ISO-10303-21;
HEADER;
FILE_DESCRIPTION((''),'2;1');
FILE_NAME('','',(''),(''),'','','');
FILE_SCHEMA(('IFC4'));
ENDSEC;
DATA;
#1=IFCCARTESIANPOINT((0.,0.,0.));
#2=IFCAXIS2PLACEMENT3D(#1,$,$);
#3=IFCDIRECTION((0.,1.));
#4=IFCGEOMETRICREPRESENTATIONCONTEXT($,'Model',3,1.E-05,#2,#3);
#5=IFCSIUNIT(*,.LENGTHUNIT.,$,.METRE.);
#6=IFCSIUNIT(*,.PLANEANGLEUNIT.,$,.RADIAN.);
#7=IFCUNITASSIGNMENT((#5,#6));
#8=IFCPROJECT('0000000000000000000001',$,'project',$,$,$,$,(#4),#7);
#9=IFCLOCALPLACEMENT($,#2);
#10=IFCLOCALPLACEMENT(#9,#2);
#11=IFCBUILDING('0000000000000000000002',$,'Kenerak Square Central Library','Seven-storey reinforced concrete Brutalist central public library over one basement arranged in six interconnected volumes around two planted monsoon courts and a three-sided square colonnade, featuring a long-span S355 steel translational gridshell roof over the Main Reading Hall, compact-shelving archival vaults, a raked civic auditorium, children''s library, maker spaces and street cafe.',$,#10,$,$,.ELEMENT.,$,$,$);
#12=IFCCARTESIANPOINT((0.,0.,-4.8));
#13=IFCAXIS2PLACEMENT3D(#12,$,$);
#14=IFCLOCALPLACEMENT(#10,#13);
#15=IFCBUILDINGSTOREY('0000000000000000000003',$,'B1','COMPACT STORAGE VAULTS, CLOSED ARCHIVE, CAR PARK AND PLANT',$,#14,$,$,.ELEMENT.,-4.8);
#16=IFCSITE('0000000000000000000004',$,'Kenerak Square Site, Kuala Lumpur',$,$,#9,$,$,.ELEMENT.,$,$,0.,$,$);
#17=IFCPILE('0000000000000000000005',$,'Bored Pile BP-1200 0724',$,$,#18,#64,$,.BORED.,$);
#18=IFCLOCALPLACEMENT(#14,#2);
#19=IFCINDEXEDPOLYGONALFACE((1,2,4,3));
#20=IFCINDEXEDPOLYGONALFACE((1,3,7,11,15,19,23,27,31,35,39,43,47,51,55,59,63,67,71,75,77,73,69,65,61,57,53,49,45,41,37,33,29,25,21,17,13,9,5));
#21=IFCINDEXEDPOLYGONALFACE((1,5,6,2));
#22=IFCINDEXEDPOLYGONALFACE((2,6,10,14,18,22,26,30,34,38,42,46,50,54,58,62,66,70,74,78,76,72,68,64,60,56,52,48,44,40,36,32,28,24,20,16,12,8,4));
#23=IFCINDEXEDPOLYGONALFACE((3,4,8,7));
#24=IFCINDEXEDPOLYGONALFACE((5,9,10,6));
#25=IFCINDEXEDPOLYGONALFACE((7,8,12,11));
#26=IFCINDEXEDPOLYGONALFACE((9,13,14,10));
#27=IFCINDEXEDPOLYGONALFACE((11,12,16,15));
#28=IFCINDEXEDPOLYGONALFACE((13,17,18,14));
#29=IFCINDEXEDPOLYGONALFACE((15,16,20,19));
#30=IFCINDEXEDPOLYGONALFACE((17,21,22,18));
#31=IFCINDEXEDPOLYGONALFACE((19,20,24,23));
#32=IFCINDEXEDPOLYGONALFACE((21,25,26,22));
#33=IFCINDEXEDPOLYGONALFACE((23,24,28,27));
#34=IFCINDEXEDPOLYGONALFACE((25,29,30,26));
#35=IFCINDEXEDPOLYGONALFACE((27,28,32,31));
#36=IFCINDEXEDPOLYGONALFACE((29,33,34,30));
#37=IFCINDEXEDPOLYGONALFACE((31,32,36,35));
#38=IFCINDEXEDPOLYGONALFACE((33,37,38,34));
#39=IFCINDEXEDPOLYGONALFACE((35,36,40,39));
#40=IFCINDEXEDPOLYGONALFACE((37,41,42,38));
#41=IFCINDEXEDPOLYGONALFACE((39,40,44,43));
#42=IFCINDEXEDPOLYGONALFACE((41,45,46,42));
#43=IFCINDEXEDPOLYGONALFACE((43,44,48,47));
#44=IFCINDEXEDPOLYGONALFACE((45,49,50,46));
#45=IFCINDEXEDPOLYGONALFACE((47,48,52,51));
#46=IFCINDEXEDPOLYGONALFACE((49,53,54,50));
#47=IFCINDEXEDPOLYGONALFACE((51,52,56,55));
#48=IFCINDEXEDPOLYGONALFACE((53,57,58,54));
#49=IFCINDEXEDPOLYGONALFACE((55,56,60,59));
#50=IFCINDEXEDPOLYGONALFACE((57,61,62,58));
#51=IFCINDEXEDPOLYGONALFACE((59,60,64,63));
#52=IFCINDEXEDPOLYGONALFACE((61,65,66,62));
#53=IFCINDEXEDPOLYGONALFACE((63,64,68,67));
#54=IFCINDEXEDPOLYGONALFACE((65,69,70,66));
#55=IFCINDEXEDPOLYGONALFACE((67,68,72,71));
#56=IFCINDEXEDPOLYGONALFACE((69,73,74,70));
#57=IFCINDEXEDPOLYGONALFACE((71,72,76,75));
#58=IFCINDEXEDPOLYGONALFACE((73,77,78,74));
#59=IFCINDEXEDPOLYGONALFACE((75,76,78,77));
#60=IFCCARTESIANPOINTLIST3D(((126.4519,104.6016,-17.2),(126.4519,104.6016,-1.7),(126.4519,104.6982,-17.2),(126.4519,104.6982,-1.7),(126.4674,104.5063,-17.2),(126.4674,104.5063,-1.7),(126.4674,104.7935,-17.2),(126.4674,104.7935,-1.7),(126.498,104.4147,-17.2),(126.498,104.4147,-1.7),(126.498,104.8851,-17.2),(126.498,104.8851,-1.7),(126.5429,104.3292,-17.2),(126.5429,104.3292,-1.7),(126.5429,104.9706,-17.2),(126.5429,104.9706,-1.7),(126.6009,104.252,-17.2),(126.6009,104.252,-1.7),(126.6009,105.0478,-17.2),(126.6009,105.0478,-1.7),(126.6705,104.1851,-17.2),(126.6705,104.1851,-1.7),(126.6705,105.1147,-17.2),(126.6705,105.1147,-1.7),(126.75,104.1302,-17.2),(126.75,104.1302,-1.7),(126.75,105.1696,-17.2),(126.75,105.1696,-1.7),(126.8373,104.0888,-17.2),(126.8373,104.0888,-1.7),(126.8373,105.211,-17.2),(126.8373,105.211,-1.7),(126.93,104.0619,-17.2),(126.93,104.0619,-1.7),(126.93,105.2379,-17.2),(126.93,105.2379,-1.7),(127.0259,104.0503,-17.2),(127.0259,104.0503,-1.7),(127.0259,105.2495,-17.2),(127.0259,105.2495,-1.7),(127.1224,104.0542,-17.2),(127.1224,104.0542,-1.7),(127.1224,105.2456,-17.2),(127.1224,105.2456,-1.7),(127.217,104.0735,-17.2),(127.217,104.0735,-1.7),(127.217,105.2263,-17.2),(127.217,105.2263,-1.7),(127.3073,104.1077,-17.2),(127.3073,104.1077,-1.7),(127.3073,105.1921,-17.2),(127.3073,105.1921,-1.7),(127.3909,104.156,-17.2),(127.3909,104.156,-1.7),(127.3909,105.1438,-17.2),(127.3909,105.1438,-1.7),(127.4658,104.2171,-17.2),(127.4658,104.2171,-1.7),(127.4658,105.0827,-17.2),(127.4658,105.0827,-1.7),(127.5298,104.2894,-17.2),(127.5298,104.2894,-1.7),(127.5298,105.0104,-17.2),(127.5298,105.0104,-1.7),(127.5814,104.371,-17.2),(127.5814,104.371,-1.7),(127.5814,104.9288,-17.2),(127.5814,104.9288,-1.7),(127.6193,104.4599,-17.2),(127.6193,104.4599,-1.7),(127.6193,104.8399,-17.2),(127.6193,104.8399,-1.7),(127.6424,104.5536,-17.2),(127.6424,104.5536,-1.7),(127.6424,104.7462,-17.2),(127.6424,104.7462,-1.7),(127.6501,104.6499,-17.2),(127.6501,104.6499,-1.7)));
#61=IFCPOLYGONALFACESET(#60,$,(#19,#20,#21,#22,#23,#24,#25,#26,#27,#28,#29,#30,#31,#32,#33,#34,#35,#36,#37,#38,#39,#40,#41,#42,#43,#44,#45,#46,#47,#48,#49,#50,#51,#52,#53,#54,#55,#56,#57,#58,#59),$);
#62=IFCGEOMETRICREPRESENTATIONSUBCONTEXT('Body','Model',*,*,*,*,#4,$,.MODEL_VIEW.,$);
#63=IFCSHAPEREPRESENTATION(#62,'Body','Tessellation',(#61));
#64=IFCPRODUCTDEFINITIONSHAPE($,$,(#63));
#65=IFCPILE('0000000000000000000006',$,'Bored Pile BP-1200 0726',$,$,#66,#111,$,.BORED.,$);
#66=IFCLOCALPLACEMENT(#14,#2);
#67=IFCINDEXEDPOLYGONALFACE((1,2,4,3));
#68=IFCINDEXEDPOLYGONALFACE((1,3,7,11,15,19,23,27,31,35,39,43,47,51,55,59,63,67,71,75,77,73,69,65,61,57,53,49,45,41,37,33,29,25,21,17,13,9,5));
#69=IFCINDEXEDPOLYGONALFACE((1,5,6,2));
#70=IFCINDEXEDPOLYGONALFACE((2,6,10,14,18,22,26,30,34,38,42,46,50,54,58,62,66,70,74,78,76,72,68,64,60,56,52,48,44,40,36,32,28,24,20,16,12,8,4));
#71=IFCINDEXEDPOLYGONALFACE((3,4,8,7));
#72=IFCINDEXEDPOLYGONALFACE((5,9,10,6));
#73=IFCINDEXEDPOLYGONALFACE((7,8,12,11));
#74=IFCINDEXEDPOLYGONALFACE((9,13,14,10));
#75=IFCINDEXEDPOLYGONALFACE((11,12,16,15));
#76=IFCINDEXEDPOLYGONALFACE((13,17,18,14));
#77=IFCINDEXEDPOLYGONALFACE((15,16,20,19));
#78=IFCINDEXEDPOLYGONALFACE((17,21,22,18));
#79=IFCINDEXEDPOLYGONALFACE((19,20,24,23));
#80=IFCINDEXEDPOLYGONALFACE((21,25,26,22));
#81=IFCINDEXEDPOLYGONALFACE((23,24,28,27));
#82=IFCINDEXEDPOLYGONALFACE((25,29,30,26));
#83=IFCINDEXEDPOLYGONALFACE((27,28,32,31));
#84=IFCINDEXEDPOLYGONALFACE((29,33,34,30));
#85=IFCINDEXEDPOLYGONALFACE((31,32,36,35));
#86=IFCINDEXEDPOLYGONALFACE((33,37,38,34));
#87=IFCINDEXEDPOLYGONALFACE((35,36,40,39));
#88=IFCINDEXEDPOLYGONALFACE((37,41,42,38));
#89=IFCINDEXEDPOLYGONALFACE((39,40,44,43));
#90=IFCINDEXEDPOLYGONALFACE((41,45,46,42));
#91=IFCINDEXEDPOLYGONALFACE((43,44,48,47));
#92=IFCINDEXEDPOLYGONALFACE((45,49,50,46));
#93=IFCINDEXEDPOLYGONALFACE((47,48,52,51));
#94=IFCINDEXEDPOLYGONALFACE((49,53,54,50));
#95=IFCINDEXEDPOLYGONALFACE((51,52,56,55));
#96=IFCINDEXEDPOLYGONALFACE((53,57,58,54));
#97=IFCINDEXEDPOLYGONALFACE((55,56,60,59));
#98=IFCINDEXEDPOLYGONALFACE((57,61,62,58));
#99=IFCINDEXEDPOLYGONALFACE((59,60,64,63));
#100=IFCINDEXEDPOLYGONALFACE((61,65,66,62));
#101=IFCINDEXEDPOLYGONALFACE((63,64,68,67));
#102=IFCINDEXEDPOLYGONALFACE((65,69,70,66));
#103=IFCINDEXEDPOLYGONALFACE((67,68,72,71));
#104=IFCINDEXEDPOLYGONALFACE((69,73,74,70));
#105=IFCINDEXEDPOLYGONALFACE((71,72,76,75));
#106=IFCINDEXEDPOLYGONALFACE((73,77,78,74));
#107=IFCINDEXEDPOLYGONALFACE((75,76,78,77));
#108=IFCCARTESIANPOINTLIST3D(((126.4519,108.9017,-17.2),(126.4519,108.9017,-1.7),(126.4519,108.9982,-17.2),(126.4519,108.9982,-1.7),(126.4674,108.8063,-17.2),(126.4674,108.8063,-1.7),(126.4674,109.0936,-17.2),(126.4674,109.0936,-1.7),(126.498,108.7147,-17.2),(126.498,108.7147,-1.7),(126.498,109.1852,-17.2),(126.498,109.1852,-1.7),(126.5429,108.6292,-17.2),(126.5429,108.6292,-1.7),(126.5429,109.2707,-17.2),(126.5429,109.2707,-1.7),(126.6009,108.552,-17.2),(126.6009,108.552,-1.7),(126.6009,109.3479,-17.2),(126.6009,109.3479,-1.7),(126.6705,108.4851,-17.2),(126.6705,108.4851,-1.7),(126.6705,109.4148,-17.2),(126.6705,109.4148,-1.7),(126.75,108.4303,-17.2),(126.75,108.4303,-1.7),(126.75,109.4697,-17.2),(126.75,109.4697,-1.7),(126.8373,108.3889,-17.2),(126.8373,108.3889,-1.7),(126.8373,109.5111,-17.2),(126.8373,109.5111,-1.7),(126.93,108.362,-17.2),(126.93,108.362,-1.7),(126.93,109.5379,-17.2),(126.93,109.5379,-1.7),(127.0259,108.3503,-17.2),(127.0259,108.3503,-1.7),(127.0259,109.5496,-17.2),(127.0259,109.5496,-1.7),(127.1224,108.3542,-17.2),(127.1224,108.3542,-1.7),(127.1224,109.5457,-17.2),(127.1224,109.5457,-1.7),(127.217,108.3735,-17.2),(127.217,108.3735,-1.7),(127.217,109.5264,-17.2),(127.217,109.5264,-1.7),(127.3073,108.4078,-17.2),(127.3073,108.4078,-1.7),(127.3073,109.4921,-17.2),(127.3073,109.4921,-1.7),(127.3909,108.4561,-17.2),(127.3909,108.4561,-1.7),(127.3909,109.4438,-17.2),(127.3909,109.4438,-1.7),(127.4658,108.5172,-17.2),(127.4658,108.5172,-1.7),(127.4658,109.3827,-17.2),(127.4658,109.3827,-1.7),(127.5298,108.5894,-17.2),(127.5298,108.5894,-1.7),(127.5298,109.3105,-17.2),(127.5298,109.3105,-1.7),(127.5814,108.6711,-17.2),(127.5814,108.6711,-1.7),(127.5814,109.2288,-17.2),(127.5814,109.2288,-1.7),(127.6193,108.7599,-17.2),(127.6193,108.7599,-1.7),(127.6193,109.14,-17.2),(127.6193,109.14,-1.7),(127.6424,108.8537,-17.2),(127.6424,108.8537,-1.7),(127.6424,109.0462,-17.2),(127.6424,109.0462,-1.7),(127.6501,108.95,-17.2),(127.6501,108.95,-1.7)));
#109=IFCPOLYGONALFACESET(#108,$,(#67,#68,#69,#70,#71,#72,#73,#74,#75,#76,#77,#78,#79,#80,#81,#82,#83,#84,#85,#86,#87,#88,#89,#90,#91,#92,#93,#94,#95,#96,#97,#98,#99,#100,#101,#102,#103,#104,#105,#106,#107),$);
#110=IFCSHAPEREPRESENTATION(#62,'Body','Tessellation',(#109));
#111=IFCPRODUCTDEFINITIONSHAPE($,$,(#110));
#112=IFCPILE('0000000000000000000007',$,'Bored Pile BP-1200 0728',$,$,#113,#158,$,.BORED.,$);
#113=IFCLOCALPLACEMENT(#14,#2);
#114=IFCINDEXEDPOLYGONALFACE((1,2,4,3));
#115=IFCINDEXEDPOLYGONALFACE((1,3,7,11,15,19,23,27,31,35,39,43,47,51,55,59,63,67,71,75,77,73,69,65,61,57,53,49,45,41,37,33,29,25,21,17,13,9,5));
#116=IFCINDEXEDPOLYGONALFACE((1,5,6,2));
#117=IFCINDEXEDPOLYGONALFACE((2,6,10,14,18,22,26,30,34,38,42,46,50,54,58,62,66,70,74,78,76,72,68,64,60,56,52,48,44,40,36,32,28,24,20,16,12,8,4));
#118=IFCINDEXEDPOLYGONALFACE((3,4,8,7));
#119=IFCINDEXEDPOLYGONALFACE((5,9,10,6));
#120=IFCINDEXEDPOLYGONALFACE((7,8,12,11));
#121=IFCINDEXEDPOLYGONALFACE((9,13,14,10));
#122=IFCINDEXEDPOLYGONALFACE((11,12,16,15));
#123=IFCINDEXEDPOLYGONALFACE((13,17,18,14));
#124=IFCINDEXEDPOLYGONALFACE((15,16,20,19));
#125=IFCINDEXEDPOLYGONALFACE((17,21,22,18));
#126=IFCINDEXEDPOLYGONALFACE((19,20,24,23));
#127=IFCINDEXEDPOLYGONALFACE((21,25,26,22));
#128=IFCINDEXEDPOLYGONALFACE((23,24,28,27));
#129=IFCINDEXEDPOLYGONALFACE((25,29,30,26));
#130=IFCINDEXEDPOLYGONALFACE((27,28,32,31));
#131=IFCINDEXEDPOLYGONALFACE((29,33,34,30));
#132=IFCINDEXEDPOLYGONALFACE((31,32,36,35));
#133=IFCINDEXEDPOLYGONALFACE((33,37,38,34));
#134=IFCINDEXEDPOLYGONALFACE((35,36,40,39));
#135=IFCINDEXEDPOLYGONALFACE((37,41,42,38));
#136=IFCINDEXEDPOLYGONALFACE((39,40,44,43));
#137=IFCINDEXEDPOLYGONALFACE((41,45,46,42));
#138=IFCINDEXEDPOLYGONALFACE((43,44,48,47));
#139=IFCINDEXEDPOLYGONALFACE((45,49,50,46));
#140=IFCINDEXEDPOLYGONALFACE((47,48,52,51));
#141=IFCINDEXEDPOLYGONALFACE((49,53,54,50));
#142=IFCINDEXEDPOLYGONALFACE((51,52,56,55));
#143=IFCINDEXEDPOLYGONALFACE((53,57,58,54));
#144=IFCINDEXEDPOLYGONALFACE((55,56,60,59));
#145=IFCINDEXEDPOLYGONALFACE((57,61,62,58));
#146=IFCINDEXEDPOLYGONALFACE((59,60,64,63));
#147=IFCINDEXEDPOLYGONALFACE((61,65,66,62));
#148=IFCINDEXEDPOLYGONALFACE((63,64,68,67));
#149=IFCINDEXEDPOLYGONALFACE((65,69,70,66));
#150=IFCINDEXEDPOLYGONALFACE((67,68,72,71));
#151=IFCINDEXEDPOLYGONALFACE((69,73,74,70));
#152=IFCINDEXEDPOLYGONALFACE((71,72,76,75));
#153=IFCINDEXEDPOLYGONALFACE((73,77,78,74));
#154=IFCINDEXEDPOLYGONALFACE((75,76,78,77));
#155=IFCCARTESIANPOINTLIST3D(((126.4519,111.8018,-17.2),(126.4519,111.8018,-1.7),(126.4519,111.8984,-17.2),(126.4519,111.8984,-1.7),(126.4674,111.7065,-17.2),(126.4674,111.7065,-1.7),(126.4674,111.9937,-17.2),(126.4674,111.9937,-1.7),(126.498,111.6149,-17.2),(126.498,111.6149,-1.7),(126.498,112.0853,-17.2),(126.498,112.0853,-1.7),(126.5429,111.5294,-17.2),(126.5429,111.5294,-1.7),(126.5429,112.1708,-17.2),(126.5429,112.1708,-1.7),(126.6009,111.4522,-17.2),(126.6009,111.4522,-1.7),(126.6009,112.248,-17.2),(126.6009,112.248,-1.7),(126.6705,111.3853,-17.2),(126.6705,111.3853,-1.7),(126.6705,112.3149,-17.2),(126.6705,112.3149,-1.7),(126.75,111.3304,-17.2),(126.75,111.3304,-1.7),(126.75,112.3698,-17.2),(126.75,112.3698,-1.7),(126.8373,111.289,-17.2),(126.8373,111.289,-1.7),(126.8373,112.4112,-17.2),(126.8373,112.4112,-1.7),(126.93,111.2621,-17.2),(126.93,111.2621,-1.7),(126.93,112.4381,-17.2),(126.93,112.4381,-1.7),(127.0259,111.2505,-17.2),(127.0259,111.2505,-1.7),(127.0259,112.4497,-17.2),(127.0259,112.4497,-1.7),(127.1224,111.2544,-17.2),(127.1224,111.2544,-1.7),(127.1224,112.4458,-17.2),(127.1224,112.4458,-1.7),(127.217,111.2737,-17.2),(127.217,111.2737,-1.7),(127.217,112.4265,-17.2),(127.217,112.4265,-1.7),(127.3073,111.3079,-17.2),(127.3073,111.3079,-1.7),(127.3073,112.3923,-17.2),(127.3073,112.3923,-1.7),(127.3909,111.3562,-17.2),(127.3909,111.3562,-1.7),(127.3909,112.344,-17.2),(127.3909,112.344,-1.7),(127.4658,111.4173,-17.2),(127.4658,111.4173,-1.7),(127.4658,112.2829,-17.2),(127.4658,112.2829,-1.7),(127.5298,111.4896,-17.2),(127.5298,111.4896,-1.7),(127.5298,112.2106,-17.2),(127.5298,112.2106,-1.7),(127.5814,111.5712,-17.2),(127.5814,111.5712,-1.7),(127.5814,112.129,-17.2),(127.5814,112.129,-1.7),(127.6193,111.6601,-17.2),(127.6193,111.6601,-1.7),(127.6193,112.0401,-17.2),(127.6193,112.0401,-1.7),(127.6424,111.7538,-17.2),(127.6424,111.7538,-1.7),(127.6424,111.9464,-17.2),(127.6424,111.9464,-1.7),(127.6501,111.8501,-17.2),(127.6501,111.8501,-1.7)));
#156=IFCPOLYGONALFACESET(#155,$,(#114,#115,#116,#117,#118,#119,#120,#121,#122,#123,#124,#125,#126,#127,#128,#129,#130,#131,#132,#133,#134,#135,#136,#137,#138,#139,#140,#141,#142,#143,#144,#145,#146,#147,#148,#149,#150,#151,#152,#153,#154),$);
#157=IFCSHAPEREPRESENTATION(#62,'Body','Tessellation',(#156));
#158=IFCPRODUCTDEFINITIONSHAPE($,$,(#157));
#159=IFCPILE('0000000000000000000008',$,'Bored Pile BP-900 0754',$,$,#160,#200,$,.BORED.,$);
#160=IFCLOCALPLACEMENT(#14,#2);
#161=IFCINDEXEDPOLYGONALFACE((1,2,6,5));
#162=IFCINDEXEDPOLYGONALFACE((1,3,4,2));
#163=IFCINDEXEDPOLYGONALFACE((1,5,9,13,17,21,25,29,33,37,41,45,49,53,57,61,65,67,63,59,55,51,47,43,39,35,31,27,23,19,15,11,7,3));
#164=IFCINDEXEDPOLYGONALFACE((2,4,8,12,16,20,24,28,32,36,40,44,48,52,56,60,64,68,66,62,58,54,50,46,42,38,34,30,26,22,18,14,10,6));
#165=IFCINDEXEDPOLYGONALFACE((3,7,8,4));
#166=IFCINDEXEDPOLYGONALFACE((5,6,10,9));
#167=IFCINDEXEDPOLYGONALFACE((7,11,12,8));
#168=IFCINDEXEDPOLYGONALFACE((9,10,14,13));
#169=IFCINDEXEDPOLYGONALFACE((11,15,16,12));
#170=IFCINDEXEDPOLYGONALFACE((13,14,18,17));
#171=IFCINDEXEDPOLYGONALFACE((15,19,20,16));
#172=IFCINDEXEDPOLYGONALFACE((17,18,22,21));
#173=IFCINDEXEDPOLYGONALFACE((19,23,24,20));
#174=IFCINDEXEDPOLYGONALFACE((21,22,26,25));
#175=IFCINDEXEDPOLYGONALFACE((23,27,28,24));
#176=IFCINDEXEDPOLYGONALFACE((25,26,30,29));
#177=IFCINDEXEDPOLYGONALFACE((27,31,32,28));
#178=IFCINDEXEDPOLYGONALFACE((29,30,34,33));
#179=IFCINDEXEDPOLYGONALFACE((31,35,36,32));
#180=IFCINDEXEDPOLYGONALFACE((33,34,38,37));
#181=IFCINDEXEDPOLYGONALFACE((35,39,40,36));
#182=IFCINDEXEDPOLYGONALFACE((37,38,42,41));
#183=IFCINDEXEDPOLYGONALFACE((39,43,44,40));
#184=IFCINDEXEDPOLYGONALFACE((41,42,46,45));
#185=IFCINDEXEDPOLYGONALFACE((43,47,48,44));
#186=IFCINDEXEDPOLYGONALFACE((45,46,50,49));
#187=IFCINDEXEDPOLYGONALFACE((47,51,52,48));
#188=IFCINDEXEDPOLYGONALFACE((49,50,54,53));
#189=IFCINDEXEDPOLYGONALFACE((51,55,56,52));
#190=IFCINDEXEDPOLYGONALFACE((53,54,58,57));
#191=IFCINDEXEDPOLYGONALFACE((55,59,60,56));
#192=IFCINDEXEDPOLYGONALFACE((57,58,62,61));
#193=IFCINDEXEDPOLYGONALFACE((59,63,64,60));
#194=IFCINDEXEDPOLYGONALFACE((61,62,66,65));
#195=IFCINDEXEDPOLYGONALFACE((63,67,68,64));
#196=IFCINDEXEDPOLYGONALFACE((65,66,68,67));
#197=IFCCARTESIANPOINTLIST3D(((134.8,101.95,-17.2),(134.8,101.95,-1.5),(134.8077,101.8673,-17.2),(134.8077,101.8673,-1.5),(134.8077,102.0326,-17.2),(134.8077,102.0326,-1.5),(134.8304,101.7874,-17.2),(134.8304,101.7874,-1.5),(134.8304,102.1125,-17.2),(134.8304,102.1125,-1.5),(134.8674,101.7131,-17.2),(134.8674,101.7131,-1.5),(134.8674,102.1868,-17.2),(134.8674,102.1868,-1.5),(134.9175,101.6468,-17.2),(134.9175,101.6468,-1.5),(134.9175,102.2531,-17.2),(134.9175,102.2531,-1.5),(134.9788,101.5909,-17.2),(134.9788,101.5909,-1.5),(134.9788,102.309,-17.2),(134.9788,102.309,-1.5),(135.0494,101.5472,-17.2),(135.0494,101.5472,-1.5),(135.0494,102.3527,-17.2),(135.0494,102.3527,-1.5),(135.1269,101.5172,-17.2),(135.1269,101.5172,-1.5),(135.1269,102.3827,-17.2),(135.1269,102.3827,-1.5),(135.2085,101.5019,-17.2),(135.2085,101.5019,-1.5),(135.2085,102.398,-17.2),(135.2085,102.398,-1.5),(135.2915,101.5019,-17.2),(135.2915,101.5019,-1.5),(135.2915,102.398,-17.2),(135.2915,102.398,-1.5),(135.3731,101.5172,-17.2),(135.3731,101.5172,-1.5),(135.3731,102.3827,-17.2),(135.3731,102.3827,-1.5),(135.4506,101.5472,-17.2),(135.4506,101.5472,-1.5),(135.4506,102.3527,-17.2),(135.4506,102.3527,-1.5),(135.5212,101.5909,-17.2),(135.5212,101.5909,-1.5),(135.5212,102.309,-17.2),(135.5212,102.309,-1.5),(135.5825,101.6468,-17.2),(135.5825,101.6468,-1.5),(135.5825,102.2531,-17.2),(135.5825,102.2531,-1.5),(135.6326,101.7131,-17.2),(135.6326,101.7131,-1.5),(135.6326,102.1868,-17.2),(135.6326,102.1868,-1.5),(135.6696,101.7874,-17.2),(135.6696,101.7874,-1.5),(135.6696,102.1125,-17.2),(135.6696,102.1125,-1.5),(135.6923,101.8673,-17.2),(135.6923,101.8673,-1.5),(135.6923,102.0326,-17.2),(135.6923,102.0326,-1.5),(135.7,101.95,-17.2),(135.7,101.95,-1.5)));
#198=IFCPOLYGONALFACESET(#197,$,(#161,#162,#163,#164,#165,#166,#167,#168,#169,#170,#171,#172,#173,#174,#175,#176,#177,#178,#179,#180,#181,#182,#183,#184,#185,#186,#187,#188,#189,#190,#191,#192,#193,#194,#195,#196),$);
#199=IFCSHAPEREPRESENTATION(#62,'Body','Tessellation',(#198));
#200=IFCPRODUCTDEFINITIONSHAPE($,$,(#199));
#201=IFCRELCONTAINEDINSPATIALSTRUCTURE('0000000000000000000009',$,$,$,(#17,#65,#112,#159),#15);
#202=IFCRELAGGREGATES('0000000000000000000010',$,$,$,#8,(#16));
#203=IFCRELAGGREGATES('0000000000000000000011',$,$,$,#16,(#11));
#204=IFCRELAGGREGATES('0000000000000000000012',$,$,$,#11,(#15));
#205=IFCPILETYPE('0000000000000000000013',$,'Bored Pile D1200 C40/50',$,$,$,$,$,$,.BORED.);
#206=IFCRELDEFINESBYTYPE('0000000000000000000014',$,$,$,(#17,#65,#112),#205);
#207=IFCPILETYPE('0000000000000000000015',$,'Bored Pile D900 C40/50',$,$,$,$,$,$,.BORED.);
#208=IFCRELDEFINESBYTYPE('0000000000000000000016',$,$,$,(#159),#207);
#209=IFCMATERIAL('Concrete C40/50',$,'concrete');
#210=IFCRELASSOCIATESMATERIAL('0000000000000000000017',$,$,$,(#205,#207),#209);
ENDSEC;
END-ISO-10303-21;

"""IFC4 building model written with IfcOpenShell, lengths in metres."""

from ifc_helpers import new_model, si_unit, direction, frame, origin, origin_2d, place, context, subcontext, project, spatial, circle, extrude, material, material_profile, profile_set, type_object, element, save


model = new_model("IFC4")

# Units and contexts
model_context = context("Model", 3, precision=1e-05, world=origin(), true_north=direction((0.0, 1.0)))
body_context = subcontext(model_context, "Body", "Model", "MODEL_VIEW")
ifc_project = project(units=[si_unit("LENGTHUNIT", "METRE"), si_unit("PLANEANGLEUNIT", "RADIAN")], contexts=[model_context])

# Site, building, storey
site_placement = place(None, origin())
site = spatial("IfcSite", under=ifc_project, at=site_placement, Name="Kenerak Square Site, Kuala Lumpur", CompositionType="ELEMENT", RefElevation=0.0)
building_placement = place(site_placement, origin())
building = spatial("IfcBuilding", under=site, at=building_placement, Name="Kenerak Square Central Library", Description="Seven-storey reinforced concrete Brutalist central public library over one basement arranged in six interconnected volumes around two planted monsoon courts and a three-sided square colonnade, featuring a long-span S355 steel translational gridshell roof over the Main Reading Hall, compact-shelving archival vaults, a raked civic auditorium, children's library, maker spaces and street cafe.", CompositionType="ELEMENT")
storey_placement = place(building_placement, frame((0.0, 0.0, -4.8)))
storey = spatial("IfcBuildingStorey", under=building, at=storey_placement, Name="B1", Description="COMPACT STORAGE VAULTS, CLOSED ARCHIVE, CAR PARK AND PLANT", CompositionType="ELEMENT", Elevation=-4.8)

# Piles
ifc_material_1 = material(Name="Concrete C40/50", Category="concrete")
ifc_material_profile_1 = material_profile(ifc_material_1, circle(Radius=0.6001, at=origin_2d()), Name="BP D1200")
ifc_profile_set_1 = profile_set([ifc_material_profile_1], Name="Concrete C40/50")
pile_type_1 = type_object("IfcPileType", Name="Bored Pile D1200 C40/50", PredefinedType="BORED", material=ifc_profile_set_1)
for number, where, z_axis, x_axis, name in (
    (1, (127.05, 104.6499, -1.7), (0.0, 0.0, -1.0), (1.0, 0.0, 0.0), "Bored Pile BP-1200 0724"),
    (2, (127.05, 108.95, -1.7), (0.0, 0.0, -1.0), (1.0, 0.0, 0.0), "Bored Pile BP-1200 0726"),
    (3, (127.05, 111.8501, -1.7), (0.0, 0.0, -1.0), (1.0, 0.0, 0.0), "Bored Pile BP-1200 0728"),
):
    element("IfcPile", number, at=place(storey_placement, frame(where, z_axis=z_axis, x_axis=x_axis)), inside=storey, type_object=pile_type_1, Name=name, PredefinedType="BORED", context=body_context, shape_type="SweptSolid", body=[
        extrude(circle(Radius=0.6001, at=origin_2d()), origin(), (0.0, 0.0, 1.0), 15.5),
    ])
ifc_material_profile_2 = material_profile(ifc_material_1, circle(Radius=0.45, at=origin_2d()), Name="BP D900")
ifc_profile_set_2 = profile_set([ifc_material_profile_2], Name="Concrete C40/50")
pile_type_2 = type_object("IfcPileType", Name="Bored Pile D900 C40/50", PredefinedType="BORED", material=ifc_profile_set_2)
for number, where, z_axis, x_axis, name in (
    (4, (135.25, 101.95, -1.5), (0.0, 0.0, -1.0), (1.0, 0.0, 0.0), "Bored Pile BP-900 0754"),
):
    element("IfcPile", number, at=place(storey_placement, frame(where, z_axis=z_axis, x_axis=x_axis)), inside=storey, type_object=pile_type_2, Name=name, PredefinedType="BORED", context=body_context, shape_type="SweptSolid", body=[
        extrude(circle(Radius=0.45, at=origin_2d()), origin(), (0.0, 0.0, 1.0), 15.7),
    ])

save(model, "model.ifc")
